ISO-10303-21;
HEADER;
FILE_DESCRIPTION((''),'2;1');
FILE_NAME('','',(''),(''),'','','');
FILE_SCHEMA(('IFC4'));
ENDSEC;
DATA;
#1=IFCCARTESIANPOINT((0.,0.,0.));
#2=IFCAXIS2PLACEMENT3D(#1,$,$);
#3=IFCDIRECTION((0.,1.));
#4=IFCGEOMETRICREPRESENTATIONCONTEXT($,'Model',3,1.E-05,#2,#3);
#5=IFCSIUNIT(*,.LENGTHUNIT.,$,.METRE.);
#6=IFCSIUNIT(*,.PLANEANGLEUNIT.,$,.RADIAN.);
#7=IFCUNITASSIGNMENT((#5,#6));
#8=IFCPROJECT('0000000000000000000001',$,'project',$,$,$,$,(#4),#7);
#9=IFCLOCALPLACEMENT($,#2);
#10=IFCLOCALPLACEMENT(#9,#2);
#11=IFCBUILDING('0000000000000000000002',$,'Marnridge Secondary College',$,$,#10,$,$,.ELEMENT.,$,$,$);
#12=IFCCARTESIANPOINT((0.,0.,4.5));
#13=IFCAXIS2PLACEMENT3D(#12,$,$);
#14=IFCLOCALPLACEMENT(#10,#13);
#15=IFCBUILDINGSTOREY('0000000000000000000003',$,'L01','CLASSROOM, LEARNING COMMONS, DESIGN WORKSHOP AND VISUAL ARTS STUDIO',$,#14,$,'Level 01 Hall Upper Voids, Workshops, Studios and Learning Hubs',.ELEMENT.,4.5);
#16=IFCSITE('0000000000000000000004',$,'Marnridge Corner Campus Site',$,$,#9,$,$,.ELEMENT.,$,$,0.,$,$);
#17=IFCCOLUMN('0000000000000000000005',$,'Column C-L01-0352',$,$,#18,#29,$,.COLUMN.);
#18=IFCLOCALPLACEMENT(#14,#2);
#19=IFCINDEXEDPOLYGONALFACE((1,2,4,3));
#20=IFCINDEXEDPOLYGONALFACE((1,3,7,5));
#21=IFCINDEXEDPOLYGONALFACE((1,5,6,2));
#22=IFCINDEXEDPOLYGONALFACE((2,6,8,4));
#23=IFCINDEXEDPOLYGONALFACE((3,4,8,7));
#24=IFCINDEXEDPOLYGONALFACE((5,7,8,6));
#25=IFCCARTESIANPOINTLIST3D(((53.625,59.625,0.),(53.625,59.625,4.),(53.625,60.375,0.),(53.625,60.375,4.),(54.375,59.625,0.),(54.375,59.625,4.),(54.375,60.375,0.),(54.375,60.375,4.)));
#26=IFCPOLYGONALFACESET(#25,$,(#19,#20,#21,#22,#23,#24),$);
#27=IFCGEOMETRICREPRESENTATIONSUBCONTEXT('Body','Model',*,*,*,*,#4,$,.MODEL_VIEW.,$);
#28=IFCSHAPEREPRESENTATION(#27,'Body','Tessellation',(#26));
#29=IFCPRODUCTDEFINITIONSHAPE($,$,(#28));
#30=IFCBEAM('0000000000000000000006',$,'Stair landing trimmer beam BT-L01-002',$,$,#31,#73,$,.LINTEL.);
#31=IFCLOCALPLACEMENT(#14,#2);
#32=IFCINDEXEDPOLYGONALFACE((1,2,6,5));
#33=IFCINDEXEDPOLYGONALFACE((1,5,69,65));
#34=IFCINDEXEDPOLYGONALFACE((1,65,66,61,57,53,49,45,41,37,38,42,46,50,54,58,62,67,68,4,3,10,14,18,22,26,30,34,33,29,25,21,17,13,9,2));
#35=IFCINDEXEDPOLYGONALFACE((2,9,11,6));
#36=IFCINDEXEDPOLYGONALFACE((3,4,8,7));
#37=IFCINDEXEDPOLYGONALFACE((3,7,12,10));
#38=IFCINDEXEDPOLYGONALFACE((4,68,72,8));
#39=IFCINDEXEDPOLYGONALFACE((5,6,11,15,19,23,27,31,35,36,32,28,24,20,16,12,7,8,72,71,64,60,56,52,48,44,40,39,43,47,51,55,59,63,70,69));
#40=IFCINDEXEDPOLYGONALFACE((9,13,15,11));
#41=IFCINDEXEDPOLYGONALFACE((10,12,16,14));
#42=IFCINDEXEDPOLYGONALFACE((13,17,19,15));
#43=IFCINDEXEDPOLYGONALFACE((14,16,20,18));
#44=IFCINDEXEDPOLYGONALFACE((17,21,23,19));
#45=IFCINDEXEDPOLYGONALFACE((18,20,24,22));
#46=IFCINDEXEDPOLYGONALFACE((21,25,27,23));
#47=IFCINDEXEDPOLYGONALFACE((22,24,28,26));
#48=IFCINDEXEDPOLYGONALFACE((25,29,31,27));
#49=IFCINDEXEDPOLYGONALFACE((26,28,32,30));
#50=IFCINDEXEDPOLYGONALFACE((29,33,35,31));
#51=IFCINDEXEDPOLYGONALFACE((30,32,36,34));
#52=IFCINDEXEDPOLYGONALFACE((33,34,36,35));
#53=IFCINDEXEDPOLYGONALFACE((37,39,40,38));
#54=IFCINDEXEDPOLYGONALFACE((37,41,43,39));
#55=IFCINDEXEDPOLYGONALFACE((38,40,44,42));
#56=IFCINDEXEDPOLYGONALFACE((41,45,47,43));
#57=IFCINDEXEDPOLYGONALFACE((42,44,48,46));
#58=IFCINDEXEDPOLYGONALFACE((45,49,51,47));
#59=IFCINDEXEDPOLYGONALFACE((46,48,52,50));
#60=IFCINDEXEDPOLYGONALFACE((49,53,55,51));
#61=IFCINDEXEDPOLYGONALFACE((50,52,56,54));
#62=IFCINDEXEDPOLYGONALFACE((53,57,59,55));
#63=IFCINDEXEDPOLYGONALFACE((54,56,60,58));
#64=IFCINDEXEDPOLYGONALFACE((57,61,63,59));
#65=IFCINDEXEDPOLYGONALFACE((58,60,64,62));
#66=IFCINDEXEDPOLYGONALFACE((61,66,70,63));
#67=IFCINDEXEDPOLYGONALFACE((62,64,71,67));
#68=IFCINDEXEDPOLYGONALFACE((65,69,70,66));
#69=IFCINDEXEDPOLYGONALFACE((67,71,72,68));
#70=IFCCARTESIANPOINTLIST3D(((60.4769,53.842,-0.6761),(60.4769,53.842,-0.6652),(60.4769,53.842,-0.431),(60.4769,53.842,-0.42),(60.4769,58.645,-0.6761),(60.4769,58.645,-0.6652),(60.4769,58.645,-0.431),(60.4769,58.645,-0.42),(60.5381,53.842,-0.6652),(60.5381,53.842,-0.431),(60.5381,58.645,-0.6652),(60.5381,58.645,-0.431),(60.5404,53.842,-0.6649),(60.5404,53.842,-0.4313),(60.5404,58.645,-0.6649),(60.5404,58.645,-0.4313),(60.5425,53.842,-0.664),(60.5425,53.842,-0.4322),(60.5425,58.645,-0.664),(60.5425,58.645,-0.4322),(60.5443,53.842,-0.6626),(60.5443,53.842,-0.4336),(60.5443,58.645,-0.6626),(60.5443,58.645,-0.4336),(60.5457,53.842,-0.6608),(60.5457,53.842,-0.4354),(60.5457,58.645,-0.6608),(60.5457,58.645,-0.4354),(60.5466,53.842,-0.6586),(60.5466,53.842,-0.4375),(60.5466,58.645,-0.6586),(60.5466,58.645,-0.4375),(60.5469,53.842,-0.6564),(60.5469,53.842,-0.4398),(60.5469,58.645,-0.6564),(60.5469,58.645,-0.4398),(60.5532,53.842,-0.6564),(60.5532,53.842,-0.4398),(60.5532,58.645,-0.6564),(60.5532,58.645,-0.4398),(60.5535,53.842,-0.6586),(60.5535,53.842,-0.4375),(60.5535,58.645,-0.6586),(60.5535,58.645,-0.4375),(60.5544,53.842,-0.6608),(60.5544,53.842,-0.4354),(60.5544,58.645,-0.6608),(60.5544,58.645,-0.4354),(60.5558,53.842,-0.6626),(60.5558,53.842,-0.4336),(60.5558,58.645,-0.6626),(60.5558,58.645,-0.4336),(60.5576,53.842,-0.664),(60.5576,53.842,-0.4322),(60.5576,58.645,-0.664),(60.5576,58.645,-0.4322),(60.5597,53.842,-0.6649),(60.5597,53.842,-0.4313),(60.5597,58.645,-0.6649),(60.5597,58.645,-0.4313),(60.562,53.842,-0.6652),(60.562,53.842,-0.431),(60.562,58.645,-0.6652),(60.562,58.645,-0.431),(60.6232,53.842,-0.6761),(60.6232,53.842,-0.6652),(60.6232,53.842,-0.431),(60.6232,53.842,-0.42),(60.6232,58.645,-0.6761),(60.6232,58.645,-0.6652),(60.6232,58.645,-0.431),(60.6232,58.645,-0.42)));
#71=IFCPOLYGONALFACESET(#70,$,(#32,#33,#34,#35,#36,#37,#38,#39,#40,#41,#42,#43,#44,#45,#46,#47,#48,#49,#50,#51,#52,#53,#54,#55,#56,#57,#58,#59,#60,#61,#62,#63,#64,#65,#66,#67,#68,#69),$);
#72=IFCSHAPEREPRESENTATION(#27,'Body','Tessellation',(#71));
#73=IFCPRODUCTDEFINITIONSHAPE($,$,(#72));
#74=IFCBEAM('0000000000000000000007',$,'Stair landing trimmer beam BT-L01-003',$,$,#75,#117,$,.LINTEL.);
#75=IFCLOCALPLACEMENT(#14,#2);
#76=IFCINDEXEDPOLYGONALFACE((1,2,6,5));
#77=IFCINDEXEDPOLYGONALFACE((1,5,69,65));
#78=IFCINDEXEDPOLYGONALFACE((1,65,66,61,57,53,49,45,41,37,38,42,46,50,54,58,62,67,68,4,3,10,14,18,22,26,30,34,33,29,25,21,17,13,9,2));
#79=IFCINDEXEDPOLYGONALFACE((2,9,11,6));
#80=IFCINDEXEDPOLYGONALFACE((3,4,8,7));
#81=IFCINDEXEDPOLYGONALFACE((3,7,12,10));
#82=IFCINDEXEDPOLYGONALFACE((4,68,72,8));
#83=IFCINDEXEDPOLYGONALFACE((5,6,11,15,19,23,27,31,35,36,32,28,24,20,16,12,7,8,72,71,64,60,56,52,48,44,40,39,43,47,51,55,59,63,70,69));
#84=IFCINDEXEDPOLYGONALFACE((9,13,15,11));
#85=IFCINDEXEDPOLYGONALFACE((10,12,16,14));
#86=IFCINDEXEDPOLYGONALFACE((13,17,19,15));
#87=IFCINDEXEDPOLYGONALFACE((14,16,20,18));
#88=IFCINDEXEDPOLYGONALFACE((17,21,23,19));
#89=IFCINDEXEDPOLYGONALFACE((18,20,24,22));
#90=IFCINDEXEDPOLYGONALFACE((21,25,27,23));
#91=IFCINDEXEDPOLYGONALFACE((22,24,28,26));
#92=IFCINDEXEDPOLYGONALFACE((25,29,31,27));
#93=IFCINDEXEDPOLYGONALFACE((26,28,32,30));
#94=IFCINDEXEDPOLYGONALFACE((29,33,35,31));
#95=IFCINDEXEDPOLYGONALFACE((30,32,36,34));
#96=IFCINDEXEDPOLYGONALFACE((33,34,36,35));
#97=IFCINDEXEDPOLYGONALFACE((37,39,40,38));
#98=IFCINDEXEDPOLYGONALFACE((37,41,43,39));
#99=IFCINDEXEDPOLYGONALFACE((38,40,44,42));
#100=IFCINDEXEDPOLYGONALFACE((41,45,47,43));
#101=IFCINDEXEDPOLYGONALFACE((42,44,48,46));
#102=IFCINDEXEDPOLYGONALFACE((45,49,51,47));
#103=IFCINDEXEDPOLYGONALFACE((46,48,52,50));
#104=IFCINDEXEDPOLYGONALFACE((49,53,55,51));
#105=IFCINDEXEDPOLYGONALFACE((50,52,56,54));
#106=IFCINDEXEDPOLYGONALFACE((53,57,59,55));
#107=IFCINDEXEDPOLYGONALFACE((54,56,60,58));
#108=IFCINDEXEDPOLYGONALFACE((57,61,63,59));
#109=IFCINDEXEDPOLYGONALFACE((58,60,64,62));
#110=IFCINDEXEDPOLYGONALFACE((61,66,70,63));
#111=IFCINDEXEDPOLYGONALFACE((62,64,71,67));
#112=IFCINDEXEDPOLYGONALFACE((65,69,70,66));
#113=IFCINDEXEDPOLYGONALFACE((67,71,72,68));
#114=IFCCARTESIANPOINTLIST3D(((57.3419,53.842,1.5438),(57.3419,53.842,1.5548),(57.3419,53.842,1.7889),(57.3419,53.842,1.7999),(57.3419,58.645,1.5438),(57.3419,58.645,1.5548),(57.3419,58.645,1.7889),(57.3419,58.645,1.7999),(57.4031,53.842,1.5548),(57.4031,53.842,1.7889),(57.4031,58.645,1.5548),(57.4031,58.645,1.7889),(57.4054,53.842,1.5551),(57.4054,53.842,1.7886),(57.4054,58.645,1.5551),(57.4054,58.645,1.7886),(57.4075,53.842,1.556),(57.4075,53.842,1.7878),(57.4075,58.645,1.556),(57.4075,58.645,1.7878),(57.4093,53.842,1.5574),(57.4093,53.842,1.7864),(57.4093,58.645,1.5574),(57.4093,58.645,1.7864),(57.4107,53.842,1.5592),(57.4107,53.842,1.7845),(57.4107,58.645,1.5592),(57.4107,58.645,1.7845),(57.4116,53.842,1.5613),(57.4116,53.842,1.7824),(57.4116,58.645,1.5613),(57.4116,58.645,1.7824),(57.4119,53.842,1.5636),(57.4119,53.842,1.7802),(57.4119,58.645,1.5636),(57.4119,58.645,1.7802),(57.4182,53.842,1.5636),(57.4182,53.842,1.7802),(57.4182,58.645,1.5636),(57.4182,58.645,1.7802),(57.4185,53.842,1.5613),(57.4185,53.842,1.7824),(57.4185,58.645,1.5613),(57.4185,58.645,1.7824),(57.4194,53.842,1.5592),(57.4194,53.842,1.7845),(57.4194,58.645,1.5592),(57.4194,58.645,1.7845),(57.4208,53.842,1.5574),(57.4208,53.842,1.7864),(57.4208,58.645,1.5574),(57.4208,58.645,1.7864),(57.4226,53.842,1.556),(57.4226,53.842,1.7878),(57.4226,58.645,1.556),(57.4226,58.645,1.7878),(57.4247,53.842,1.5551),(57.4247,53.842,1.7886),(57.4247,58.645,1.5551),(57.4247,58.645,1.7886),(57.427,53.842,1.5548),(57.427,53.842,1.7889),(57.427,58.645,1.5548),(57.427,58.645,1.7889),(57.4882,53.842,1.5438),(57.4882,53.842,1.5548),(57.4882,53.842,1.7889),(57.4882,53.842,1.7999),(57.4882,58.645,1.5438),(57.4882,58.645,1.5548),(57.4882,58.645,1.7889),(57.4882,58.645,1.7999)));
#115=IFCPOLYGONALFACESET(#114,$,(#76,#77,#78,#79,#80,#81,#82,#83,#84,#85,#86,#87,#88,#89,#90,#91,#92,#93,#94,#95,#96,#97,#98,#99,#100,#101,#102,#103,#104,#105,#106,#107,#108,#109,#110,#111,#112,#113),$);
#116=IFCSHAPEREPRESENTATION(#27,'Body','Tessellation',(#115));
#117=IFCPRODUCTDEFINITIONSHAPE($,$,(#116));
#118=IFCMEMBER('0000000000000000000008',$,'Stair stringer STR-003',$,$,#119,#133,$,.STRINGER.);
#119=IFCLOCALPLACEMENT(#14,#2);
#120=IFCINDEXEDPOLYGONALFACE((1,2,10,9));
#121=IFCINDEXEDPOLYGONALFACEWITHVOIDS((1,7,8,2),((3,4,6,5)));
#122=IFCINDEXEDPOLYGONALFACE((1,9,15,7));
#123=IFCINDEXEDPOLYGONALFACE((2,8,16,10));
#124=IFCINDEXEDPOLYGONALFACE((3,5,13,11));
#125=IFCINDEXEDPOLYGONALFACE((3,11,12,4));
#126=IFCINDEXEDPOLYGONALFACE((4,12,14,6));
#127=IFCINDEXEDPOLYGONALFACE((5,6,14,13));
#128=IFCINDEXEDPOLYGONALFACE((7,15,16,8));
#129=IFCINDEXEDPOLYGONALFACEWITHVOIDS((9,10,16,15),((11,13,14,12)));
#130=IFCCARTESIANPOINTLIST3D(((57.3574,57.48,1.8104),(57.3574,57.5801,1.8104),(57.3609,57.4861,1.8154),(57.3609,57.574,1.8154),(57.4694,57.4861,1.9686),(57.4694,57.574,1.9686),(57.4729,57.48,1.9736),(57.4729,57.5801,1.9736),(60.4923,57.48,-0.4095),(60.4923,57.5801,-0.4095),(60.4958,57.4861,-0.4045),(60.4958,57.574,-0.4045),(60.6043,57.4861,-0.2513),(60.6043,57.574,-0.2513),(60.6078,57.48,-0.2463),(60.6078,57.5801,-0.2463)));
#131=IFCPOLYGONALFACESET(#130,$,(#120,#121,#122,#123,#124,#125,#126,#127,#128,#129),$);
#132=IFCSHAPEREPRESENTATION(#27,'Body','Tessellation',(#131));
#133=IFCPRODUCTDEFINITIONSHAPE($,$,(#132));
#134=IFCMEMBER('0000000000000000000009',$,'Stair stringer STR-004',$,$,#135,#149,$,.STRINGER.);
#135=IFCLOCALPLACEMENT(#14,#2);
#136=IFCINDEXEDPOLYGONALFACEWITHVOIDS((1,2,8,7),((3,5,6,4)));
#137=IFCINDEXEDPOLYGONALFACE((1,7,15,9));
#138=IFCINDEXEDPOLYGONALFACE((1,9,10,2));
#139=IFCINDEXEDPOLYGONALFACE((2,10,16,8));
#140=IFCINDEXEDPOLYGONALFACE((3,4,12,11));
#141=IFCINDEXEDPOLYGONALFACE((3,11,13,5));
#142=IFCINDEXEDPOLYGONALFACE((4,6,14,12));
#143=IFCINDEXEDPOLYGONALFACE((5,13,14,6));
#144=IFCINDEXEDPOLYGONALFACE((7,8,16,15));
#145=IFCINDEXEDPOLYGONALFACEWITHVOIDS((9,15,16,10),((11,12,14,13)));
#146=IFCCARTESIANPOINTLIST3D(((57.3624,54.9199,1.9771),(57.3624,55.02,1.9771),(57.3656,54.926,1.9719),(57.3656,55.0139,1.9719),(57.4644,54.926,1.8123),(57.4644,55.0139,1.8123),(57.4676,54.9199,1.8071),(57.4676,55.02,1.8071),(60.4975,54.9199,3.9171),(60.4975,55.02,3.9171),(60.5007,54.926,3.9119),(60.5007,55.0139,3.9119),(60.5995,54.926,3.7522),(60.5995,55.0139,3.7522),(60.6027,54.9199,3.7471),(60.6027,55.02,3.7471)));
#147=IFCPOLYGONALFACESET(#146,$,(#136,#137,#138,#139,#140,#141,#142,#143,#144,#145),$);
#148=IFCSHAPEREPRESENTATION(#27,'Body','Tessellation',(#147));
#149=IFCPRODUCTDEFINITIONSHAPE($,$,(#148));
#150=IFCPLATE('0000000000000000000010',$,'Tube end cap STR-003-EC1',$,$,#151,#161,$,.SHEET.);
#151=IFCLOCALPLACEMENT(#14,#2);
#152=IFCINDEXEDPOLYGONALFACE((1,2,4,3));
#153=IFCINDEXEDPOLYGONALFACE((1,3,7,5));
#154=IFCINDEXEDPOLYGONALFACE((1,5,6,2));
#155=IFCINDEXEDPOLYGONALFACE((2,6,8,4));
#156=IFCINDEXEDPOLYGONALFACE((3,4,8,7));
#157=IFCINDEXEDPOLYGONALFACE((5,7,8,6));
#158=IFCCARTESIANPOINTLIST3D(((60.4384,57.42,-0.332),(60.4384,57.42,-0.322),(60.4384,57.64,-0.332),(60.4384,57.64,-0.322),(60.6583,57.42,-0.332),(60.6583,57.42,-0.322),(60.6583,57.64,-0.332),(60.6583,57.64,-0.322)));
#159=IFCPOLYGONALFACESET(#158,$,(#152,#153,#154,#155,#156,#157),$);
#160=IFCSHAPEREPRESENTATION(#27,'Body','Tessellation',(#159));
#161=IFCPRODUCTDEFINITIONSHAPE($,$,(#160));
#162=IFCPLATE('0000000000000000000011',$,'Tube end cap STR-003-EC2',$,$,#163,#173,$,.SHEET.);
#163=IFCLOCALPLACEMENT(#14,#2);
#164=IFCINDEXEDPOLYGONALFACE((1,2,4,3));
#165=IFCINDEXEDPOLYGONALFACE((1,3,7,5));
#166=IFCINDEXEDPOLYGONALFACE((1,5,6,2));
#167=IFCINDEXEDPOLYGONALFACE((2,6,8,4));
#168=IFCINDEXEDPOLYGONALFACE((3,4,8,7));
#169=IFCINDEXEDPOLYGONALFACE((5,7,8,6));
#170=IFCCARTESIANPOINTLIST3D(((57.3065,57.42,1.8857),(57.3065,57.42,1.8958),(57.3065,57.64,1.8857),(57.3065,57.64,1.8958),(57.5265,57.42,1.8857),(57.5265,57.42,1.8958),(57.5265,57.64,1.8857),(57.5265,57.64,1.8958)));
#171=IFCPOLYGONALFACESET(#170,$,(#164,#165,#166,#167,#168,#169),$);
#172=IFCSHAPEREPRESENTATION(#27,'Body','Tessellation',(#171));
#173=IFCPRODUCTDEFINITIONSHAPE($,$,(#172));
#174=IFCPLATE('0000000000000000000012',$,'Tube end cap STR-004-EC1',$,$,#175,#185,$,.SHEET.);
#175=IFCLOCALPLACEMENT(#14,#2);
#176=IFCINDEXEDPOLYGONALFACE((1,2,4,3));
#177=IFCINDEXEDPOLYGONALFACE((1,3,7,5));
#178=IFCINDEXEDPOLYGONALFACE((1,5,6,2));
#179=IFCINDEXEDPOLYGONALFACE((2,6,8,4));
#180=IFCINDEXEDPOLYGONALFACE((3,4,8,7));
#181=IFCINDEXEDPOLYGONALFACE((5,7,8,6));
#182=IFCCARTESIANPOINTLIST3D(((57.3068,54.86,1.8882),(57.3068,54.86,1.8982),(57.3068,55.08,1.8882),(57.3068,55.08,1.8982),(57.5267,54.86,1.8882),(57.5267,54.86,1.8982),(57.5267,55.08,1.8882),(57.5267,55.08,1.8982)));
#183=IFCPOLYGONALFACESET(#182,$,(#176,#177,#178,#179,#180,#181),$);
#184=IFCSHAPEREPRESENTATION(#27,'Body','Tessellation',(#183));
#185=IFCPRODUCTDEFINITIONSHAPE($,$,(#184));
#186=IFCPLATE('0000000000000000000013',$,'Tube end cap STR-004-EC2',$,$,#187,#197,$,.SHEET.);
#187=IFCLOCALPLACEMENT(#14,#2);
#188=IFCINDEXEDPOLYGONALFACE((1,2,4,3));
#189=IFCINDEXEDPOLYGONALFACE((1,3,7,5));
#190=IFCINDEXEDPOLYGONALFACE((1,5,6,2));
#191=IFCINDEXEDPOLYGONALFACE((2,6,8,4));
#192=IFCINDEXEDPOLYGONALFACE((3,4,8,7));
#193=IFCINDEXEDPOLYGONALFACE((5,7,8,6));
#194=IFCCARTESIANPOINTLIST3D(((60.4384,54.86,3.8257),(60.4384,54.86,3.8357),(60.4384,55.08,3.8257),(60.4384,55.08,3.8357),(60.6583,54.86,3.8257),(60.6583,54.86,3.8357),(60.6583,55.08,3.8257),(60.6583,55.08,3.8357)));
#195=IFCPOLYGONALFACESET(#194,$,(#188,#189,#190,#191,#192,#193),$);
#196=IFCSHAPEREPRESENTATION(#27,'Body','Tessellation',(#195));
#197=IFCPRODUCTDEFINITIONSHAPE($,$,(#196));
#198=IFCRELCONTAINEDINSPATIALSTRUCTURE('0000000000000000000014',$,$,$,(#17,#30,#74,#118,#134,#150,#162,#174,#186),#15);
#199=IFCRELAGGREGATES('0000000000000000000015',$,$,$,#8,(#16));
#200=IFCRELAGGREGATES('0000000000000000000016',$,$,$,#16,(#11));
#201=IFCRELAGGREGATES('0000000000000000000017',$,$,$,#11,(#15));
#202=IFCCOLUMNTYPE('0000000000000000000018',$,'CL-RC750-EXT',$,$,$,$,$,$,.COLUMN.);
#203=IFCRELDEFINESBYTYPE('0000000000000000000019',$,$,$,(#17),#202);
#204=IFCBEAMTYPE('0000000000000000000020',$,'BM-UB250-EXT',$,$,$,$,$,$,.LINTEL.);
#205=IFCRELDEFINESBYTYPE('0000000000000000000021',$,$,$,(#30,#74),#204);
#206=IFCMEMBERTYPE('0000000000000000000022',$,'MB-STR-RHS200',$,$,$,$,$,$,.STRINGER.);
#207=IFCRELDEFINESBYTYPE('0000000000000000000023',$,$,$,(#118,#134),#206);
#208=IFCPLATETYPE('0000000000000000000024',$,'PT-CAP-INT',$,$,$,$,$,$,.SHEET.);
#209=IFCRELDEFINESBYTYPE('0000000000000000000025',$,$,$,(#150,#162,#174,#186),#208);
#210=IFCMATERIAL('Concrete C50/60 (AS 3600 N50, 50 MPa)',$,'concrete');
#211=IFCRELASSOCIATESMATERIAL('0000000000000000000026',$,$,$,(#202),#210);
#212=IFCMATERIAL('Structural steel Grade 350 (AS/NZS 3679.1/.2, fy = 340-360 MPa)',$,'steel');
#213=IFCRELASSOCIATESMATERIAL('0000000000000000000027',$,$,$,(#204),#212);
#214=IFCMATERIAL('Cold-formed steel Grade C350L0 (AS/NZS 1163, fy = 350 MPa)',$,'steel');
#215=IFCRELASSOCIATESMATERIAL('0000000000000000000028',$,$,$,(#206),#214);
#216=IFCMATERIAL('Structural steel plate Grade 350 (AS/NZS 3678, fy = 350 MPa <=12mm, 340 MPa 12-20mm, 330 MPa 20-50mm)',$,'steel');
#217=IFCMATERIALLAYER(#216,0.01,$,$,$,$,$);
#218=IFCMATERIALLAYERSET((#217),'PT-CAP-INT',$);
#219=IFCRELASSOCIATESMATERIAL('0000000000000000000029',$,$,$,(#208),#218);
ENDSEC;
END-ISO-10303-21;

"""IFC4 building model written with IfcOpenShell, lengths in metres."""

from ifc_helpers import new_model, si_unit, direction, frame, origin, origin_2d, place, context, subcontext, project, spatial, rectangle, hollow_rectangle, i_section, extrude, material, layer, layer_set, material_profile, profile_set, type_object, element, save


model = new_model("IFC4")

# Units and contexts
model_context = context("Model", 3, precision=1e-05, world=origin(), true_north=direction((0.0, 1.0)))
body_context = subcontext(model_context, "Body", "Model", "MODEL_VIEW")
ifc_project = project(units=[si_unit("LENGTHUNIT", "METRE"), si_unit("PLANEANGLEUNIT", "RADIAN")], contexts=[model_context])

# Site, building, storey
site_placement = place(None, origin())
site = spatial("IfcSite", under=ifc_project, at=site_placement, Name="Marnridge Corner Campus Site", CompositionType="ELEMENT", RefElevation=0.0)
building_placement = place(site_placement, origin())
building = spatial("IfcBuilding", under=site, at=building_placement, Name="Marnridge Secondary College", CompositionType="ELEMENT")
storey_placement = place(building_placement, frame((0.0, 0.0, 4.5)))
storey = spatial("IfcBuildingStorey", under=building, at=storey_placement, Name="L01", Description="CLASSROOM, LEARNING COMMONS, DESIGN WORKSHOP AND VISUAL ARTS STUDIO", LongName="Level 01 Hall Upper Voids, Workshops, Studios and Learning Hubs", CompositionType="ELEMENT", Elevation=4.5)

# Column
ifc_material_1 = material(Name="Concrete C50/60 (AS 3600 N50, 50 MPa)", Category="concrete")
ifc_material_profile_1 = material_profile(ifc_material_1, rectangle(XDim=0.75, YDim=0.75, at=origin_2d()), Name="RC 750x750")
ifc_profile_set_1 = profile_set([ifc_material_profile_1], Name="Concrete C50/60 (AS 3600 N50, 50 MPa)")
column_type = type_object("IfcColumnType", Name="CL-RC750-EXT", PredefinedType="COLUMN", material=ifc_profile_set_1)
column_placement = place(storey_placement, frame((54.0, 60.0, 0.0), z_axis=(0.0, 0.0, 1.0), x_axis=(1.0, 0.0, 0.0)))
element("IfcColumn", 1, at=column_placement, inside=storey, type_object=column_type, Name="Column C-L01-0352", PredefinedType="COLUMN", context=body_context, shape_type="SweptSolid", body=[
    extrude(rectangle(XDim=0.75, YDim=0.75, at=origin_2d()), origin(), (0.0, 0.0, 1.0), 4.0),
])

# Beams
ifc_material_2 = material(Name="Structural steel Grade 350 (AS/NZS 3679.1/.2, fy = 340-360 MPa)", Category="steel")
ifc_material_profile_2 = material_profile(ifc_material_2, i_section(OverallWidth=0.1462, OverallDepth=0.2561, WebThickness=0.0063, FlangeThickness=0.011, FilletRadius=0.0088, at=origin_2d()), Name="250UB37.3")
ifc_profile_set_2 = profile_set([ifc_material_profile_2], Name="Structural steel Grade 350 (AS/NZS 3679.1/.2, fy = 340-360 MPa)")
beam_type = type_object("IfcBeamType", Name="BM-UB250-EXT", PredefinedType="LINTEL", material=ifc_profile_set_2)
for number, where, z_axis, x_axis, name in (
    (2, (60.55, 53.842, -0.5481), (0.0, 1.0, 0.0), (-1.0, 0.0, 0.0), "Stair landing trimmer beam BT-L01-002"),
    (3, (57.415, 53.842, 1.6719), (0.0, 1.0, 0.0), (-1.0, 0.0, 0.0), "Stair landing trimmer beam BT-L01-003"),
):
    element("IfcBeam", number, at=place(storey_placement, frame(where, z_axis=z_axis, x_axis=x_axis)), inside=storey, type_object=beam_type, Name=name, PredefinedType="LINTEL", context=body_context, shape_type="SweptSolid", body=[
        extrude(i_section(OverallWidth=0.1462, OverallDepth=0.2561, WebThickness=0.0063, FlangeThickness=0.011, FilletRadius=0.0088, at=origin_2d()), origin(), (0.0, 0.0, 1.0), 4.803),
    ])

# Members
ifc_material_3 = material(Name="Cold-formed steel Grade C350L0 (AS/NZS 1163, fy = 350 MPa)", Category="steel")
ifc_material_profile_3 = material_profile(ifc_material_3, hollow_rectangle(XDim=0.1001, YDim=0.2, WallThickness=0.0061, at=origin_2d()), Name="200x100x6.0RHS")
ifc_profile_set_3 = profile_set([ifc_material_profile_3], Name="Cold-formed steel Grade C350L0 (AS/NZS 1163, fy = 350 MPa)")
member_type = type_object("IfcMemberType", Name="MB-STR-RHS200", PredefinedType="STRINGER", material=ifc_profile_set_3)
member_1_placement = place(storey_placement, frame((60.55, 57.53, -0.3279), z_axis=(-0.816106, 0.0, 0.577903), x_axis=(0.0, -1.0, 0.0)))
element("IfcMember", 4, at=member_1_placement, inside=storey, type_object=member_type, Name="Stair stringer STR-003", PredefinedType="STRINGER", context=body_context, shape_type="SweptSolid", body=[
    extrude(hollow_rectangle(XDim=0.1001, YDim=0.2, WallThickness=0.0061, at=origin_2d()), origin(), (0.0, 0.0, 1.0), 3.8413),
])
member_2_placement = place(storey_placement, frame((57.415, 54.97, 1.8921), z_axis=(0.85036, 0.0, 0.526202), x_axis=(0.0, 1.0, 0.0)))
element("IfcMember", 5, at=member_2_placement, inside=storey, type_object=member_type, Name="Stair stringer STR-004", PredefinedType="STRINGER", context=body_context, shape_type="SweptSolid", body=[
    extrude(hollow_rectangle(XDim=0.1001, YDim=0.2, WallThickness=0.0061, at=origin_2d()), origin(), (0.0, 0.0, 1.0), 3.6868),
])

# Plates
ifc_material_4 = material(Name="Structural steel plate Grade 350 (AS/NZS 3678, fy = 350 MPa <=12mm, 340 MPa 12-20mm, 330 MPa 20-50mm)", Category="steel")
ifc_layer_1 = layer(ifc_material_4, 0.01)
ifc_layer_set_1 = layer_set([ifc_layer_1], Name="PT-CAP-INT")
plate_type = type_object("IfcPlateType", Name="PT-CAP-INT", PredefinedType="SHEET", material=ifc_layer_set_1)
for number, where, z_axis, x_axis, name in (
    (6, (60.5483, 57.53, -0.332), (0.0, 0.0, 1.0), (-1.0, 0.0, 0.0), "Tube end cap STR-003-EC1"),
    (7, (57.4165, 57.53, 1.8857), (0.0, 0.0, 1.0), (-1.0, 0.0, 0.0), "Tube end cap STR-003-EC2"),
    (8, (57.4167, 54.97, 1.8882), (0.0, 0.0, 1.0), (1.0, 0.0, 0.0), "Tube end cap STR-004-EC1"),
    (9, (60.5483, 54.97, 3.8257), (0.0, 0.0, 1.0), (1.0, 0.0, 0.0), "Tube end cap STR-004-EC2"),
):
    element("IfcPlate", number, at=place(storey_placement, frame(where, z_axis=z_axis, x_axis=x_axis)), inside=storey, type_object=plate_type, Name=name, PredefinedType="SHEET", context=body_context, shape_type="SweptSolid", body=[
        extrude(rectangle(XDim=0.22, YDim=0.22, at=origin_2d()), origin(), (0.0, 0.0, 1.0), 0.01),
    ])

save(model, "model.ifc")
